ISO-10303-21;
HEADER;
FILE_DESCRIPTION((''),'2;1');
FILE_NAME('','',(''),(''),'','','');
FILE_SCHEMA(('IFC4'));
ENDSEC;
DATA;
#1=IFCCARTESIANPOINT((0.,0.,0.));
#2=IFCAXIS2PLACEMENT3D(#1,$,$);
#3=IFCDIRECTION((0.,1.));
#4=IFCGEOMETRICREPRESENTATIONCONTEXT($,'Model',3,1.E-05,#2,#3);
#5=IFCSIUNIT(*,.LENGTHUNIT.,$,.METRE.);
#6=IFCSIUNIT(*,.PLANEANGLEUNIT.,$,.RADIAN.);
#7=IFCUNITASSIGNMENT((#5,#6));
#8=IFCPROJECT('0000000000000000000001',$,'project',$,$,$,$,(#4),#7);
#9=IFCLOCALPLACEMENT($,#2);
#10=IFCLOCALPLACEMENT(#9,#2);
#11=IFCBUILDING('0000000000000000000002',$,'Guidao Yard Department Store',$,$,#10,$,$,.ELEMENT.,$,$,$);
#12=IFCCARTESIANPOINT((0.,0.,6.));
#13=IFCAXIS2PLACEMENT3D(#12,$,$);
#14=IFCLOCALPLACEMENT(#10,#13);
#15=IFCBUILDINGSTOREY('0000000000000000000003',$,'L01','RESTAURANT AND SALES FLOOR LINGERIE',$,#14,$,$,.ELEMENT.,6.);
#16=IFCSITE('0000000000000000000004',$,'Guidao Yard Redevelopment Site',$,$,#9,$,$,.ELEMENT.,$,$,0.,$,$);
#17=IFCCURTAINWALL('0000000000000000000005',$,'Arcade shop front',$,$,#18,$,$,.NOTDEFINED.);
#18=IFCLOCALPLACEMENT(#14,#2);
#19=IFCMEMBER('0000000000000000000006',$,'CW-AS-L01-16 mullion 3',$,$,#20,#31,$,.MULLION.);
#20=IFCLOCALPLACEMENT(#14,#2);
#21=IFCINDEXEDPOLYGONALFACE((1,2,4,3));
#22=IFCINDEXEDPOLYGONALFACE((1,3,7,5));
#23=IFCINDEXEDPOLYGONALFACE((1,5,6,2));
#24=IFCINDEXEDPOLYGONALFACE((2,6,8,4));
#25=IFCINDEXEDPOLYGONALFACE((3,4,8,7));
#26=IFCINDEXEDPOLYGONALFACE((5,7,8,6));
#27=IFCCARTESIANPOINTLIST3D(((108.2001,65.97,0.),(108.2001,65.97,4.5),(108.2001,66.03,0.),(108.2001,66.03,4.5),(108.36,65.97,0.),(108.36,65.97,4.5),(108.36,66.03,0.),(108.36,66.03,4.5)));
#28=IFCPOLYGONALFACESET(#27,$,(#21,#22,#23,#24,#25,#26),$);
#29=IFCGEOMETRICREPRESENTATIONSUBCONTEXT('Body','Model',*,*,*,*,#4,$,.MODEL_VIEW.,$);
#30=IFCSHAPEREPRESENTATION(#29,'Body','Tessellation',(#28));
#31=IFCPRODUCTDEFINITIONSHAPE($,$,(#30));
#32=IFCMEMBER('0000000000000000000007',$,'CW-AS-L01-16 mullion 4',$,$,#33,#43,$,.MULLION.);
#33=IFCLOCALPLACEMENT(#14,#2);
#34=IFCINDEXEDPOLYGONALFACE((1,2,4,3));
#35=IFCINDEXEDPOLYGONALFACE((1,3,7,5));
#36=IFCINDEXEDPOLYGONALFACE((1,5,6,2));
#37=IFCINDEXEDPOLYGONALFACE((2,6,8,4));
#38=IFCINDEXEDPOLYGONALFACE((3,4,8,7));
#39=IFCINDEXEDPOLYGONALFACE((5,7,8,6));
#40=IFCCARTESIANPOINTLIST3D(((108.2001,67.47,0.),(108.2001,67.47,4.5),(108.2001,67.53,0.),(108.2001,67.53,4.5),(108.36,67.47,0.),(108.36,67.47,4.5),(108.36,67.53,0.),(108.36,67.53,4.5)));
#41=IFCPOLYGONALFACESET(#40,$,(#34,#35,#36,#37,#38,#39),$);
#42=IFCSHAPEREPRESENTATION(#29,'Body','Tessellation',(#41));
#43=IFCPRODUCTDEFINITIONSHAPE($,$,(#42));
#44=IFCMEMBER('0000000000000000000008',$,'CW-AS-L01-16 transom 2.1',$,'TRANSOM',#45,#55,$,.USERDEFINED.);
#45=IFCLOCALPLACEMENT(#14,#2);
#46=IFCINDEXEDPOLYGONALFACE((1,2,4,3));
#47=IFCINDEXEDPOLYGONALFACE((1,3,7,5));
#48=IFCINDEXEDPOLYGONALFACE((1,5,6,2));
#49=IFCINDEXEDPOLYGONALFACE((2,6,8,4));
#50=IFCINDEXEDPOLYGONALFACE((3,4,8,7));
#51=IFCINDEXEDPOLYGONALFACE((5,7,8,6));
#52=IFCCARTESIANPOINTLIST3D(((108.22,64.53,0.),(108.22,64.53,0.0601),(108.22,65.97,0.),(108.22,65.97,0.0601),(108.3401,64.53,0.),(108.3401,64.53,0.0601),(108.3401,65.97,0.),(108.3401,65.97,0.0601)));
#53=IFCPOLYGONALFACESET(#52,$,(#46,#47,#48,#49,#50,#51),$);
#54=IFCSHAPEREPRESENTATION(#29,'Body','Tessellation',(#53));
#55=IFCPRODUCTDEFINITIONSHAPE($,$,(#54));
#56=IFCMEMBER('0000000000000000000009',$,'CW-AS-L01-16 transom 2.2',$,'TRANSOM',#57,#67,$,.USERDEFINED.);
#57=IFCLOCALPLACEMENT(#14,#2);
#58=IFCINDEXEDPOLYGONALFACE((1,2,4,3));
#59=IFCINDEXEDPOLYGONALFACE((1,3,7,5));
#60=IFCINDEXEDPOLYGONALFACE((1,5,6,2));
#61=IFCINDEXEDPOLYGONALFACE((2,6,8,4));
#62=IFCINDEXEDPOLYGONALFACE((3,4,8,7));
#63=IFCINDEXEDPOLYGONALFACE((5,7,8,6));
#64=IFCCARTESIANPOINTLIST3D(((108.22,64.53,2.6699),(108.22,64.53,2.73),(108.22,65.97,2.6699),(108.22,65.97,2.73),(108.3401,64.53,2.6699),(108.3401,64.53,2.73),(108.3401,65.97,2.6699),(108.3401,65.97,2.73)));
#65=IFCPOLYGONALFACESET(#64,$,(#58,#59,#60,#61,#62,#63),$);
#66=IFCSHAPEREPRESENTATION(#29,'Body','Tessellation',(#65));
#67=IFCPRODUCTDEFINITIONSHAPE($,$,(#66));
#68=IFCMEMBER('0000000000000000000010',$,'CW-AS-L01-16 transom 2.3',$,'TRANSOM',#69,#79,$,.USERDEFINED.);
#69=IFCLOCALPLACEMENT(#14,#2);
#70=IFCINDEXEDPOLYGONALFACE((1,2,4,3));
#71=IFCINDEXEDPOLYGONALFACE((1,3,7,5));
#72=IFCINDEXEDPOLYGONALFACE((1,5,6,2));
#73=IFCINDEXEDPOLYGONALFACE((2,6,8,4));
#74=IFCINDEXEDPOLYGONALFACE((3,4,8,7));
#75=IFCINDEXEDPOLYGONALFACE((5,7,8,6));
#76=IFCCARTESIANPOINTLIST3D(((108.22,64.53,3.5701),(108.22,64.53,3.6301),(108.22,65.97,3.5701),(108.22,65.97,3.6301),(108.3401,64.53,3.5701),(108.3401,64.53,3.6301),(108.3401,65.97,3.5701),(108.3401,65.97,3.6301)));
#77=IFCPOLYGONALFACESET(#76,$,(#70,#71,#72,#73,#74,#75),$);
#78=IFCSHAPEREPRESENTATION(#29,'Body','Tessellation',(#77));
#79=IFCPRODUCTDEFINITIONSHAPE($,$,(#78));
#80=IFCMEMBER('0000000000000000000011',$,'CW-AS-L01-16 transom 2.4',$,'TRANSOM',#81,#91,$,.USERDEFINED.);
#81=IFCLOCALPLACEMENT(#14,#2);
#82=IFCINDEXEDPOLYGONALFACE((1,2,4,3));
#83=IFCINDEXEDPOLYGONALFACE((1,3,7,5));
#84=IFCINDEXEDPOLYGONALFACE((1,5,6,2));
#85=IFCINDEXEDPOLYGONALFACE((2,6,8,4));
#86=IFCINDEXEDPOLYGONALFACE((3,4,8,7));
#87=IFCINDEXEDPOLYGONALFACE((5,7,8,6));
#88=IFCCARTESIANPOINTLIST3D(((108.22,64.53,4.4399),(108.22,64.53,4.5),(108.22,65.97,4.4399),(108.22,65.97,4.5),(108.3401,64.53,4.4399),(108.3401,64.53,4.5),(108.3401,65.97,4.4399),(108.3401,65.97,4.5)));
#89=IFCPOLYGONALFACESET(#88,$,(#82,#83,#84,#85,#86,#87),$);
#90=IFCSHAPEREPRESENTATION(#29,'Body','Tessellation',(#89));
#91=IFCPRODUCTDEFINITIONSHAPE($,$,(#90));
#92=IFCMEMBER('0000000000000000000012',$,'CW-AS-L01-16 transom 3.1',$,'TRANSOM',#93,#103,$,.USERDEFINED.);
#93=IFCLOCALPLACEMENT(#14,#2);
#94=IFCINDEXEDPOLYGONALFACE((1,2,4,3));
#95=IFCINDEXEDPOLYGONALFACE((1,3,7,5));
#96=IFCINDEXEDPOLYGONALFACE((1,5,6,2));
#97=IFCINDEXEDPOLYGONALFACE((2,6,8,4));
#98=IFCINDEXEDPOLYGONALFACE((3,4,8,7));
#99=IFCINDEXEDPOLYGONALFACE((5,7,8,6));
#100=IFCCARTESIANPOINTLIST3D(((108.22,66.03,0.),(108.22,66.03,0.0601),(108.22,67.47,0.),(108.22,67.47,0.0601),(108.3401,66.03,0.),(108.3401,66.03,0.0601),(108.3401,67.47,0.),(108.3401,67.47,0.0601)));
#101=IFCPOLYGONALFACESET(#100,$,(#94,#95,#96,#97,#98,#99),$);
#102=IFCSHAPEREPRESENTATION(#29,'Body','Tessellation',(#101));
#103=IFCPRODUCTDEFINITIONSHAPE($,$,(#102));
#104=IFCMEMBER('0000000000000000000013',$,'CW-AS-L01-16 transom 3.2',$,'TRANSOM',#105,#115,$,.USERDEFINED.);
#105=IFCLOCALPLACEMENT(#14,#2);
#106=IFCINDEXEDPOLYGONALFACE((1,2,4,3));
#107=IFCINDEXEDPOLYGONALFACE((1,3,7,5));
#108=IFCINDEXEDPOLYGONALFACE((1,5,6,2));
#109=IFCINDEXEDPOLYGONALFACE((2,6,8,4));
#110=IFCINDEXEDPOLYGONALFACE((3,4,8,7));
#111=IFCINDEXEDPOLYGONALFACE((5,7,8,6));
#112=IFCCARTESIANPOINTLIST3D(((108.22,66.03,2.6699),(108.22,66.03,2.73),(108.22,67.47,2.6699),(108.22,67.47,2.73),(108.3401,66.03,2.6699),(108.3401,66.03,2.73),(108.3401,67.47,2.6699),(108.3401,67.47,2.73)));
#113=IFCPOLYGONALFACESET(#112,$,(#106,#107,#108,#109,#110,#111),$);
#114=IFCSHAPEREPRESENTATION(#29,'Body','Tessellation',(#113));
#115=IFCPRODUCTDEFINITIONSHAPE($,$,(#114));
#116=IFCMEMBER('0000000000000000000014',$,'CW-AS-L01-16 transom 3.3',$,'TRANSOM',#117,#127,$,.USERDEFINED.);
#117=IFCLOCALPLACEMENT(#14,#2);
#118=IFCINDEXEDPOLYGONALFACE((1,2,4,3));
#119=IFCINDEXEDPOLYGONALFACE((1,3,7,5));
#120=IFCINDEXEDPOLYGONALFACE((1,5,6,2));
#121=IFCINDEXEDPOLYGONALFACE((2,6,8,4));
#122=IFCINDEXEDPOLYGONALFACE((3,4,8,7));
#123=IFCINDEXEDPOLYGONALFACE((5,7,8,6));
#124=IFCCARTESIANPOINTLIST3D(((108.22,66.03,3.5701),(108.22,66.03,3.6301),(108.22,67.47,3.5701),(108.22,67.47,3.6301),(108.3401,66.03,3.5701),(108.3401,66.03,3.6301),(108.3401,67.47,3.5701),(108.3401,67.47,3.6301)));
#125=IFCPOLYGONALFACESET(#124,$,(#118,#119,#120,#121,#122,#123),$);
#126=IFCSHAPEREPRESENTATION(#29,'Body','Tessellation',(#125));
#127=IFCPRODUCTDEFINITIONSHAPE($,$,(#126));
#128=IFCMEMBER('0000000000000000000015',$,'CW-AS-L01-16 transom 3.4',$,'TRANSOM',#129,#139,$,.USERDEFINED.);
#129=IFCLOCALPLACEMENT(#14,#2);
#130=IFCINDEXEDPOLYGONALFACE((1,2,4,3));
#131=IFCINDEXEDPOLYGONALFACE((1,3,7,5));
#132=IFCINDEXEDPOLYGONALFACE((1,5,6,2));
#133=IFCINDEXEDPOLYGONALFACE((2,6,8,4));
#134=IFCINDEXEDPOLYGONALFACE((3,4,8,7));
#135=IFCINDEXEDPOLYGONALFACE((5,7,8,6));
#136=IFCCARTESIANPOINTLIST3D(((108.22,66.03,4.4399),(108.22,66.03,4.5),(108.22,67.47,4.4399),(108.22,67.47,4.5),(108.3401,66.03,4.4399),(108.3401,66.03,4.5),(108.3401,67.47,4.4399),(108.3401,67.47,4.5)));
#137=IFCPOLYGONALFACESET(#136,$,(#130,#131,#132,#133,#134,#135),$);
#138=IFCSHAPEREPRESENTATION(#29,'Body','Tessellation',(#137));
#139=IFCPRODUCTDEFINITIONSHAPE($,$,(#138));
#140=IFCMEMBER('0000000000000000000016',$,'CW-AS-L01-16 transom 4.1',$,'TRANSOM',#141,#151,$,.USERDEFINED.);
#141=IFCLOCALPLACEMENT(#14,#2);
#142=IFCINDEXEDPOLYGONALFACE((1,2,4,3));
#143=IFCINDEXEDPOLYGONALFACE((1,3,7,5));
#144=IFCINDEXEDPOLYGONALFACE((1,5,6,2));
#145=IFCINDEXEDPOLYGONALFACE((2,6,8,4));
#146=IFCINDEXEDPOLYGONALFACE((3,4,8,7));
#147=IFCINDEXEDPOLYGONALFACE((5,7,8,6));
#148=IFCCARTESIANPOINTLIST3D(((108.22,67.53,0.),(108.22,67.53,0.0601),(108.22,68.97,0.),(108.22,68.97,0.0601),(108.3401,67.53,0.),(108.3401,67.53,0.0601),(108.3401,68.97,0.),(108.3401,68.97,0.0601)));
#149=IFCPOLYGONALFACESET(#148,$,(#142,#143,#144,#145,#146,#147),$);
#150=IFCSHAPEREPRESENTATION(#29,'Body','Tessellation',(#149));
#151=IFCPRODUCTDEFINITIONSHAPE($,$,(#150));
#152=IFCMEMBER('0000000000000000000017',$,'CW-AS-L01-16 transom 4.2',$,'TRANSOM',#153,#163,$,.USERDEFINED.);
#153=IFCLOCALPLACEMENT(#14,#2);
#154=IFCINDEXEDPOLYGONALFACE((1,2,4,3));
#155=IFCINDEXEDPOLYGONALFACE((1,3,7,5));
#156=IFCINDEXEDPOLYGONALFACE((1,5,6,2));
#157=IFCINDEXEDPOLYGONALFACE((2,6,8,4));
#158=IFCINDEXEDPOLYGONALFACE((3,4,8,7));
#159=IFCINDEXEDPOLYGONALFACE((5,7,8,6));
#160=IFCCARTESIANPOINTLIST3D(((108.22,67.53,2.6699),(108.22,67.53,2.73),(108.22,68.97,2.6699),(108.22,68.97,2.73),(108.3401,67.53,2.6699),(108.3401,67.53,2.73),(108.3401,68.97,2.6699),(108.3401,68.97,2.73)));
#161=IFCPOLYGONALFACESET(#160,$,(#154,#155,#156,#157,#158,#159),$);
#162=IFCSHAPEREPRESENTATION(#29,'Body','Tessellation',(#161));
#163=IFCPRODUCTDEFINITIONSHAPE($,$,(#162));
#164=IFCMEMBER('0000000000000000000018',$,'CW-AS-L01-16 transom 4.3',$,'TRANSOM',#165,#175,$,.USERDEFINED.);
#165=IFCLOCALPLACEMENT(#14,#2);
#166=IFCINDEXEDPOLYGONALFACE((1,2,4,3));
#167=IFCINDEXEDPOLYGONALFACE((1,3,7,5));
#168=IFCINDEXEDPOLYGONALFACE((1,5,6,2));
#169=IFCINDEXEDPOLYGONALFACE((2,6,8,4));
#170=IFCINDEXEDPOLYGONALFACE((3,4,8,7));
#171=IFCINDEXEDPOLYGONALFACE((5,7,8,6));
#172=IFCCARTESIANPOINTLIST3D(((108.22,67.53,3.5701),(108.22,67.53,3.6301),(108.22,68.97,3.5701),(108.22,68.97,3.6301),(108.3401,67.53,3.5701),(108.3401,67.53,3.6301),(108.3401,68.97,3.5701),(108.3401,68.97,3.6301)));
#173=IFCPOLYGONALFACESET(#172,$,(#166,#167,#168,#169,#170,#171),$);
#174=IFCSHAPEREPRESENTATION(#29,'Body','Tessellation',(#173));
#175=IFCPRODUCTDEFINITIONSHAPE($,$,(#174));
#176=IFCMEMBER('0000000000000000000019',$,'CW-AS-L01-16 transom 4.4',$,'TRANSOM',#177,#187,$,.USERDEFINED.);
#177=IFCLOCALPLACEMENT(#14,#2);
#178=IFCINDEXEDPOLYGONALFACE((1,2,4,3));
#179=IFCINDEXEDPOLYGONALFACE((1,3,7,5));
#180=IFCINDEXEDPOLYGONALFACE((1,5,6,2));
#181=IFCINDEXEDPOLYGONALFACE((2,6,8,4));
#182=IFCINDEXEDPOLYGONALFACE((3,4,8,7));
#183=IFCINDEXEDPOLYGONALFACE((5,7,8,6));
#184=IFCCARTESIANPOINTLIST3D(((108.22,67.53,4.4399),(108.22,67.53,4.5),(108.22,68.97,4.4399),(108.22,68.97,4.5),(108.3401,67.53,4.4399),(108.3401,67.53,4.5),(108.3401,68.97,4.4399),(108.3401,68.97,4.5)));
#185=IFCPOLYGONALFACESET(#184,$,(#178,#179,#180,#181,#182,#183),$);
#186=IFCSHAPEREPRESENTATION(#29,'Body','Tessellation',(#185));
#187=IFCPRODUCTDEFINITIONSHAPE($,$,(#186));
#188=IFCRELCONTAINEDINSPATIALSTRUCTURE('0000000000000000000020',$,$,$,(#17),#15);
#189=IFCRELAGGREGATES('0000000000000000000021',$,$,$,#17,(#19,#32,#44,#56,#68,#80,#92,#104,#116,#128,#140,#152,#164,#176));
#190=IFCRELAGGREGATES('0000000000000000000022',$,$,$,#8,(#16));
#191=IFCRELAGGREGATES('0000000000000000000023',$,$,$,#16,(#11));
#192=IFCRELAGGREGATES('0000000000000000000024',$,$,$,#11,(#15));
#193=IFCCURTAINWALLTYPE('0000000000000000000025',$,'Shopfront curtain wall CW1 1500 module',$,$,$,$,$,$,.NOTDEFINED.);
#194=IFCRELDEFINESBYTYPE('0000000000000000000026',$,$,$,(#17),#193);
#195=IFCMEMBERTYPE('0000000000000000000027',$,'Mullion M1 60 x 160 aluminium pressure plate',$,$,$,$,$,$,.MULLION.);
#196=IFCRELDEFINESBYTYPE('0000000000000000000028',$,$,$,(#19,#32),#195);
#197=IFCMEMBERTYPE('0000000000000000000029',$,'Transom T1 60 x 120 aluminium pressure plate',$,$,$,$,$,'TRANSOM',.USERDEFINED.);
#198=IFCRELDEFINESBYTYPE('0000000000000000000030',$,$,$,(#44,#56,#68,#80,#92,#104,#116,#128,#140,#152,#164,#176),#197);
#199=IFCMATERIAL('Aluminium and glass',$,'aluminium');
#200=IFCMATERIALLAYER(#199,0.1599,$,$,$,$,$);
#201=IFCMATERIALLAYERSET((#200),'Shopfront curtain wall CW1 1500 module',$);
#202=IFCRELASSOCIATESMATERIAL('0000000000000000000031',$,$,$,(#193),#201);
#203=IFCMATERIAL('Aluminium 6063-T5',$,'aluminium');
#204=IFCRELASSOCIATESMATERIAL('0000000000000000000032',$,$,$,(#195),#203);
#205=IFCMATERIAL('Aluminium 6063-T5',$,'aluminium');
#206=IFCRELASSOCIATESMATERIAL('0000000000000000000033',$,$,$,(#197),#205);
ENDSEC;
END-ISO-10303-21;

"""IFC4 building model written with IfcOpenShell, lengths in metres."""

from ifc_helpers import new_model, si_unit, direction, frame, origin, origin_2d, place, context, subcontext, project, spatial, rectangle, extrude, material, layer, layer_set, material_profile, profile_set, type_object, element, aggregate, save


model = new_model("IFC4")

# Units and contexts
model_context = context("Model", 3, precision=1e-05, world=origin(), true_north=direction((0.0, 1.0)))
body_context = subcontext(model_context, "Body", "Model", "MODEL_VIEW")
ifc_project = project(units=[si_unit("LENGTHUNIT", "METRE"), si_unit("PLANEANGLEUNIT", "RADIAN")], contexts=[model_context])

# Site, building, storey
site_placement = place(None, origin())
site = spatial("IfcSite", under=ifc_project, at=site_placement, Name="Guidao Yard Redevelopment Site", CompositionType="ELEMENT", RefElevation=0.0)
building_placement = place(site_placement, origin())
building = spatial("IfcBuilding", under=site, at=building_placement, Name="Guidao Yard Department Store", CompositionType="ELEMENT")
storey_placement = place(building_placement, frame((0.0, 0.0, 6.0)))
storey = spatial("IfcBuildingStorey", under=building, at=storey_placement, Name="L01", Description="RESTAURANT AND SALES FLOOR LINGERIE", CompositionType="ELEMENT", Elevation=6.0)

# Curtain wall, members
ifc_material_1 = material(Name="Aluminium and glass", Category="aluminium")
ifc_layer_1 = layer(ifc_material_1, 0.1599)
ifc_layer_set_1 = layer_set([ifc_layer_1], Name="Shopfront curtain wall CW1 1500 module")
curtain_wall_type = type_object("IfcCurtainWallType", Name="Shopfront curtain wall CW1 1500 module", PredefinedType="NOTDEFINED", material=ifc_layer_set_1)
curtain_wall_placement = place(storey_placement, origin())
curtain_wall = element("IfcCurtainWall", 1, at=curtain_wall_placement, inside=storey, type_object=curtain_wall_type, Name="Arcade shop front", PredefinedType="NOTDEFINED")
ifc_material_2 = material(Name="Aluminium 6063-T5", Category="aluminium")
ifc_material_profile_1 = material_profile(ifc_material_2, rectangle(XDim=0.0601, YDim=0.1599, at=origin_2d()), Name="Mullion M1 60 x 160 aluminium pressure plate")
ifc_profile_set_1 = profile_set([ifc_material_profile_1], Name="Aluminium 6063-T5")
member_type_1 = type_object("IfcMemberType", Name="Mullion M1 60 x 160 aluminium pressure plate", PredefinedType="MULLION", material=ifc_profile_set_1)
member_1_placement = place(storey_placement, frame((108.28, 66.0, 0.0), z_axis=(0.0, 0.0, 1.0), x_axis=(0.0, -1.0, 0.0)))
member_1 = element("IfcMember", 2, at=member_1_placement, type_object=member_type_1, Name="CW-AS-L01-16 mullion 3", PredefinedType="MULLION", context=body_context, shape_type="SweptSolid", body=[
    extrude(rectangle(XDim=0.0601, YDim=0.1599, at=origin_2d()), origin(), (0.0, 0.0, 1.0), 4.5),
])
member_2_placement = place(storey_placement, frame((108.28, 67.5, 0.0), z_axis=(0.0, 0.0, 1.0), x_axis=(0.0, -1.0, 0.0)))
member_2 = element("IfcMember", 3, at=member_2_placement, type_object=member_type_1, Name="CW-AS-L01-16 mullion 4", PredefinedType="MULLION", context=body_context, shape_type="SweptSolid", body=[
    extrude(rectangle(XDim=0.0601, YDim=0.1599, at=origin_2d()), origin(), (0.0, 0.0, 1.0), 4.5),
])
ifc_material_3 = material(Name="Aluminium 6063-T5", Category="aluminium")
ifc_material_profile_2 = material_profile(ifc_material_3, rectangle(XDim=0.1201, YDim=0.0601, at=origin_2d()), Name="Transom T1 60 x 120 aluminium pressure plate")
ifc_profile_set_2 = profile_set([ifc_material_profile_2], Name="Aluminium 6063-T5")
member_type_2 = type_object("IfcMemberType", Name="Transom T1 60 x 120 aluminium pressure plate", ElementType="TRANSOM", PredefinedType="USERDEFINED", material=ifc_profile_set_2)
member_3_placement = place(storey_placement, frame((108.28, 65.97, 0.03), z_axis=(0.0, -1.0, 0.0), x_axis=(1.0, 0.0, 0.0)))
member_3 = element("IfcMember", 4, at=member_3_placement, type_object=member_type_2, Name="CW-AS-L01-16 transom 2.1", ObjectType="TRANSOM", PredefinedType="USERDEFINED", context=body_context, shape_type="SweptSolid", body=[
    extrude(rectangle(XDim=0.1201, YDim=0.0601, at=origin_2d()), origin(), (0.0, 0.0, 1.0), 1.4399),
])
member_4_placement = place(storey_placement, frame((108.28, 65.97, 2.7), z_axis=(0.0, -1.0, 0.0), x_axis=(1.0, 0.0, 0.0)))
member_4 = element("IfcMember", 5, at=member_4_placement, type_object=member_type_2, Name="CW-AS-L01-16 transom 2.2", ObjectType="TRANSOM", PredefinedType="USERDEFINED", context=body_context, shape_type="SweptSolid", body=[
    extrude(rectangle(XDim=0.1201, YDim=0.0601, at=origin_2d()), origin(), (0.0, 0.0, 1.0), 1.4399),
])
member_5_placement = place(storey_placement, frame((108.28, 65.97, 3.6001), z_axis=(0.0, -1.0, 0.0), x_axis=(1.0, 0.0, 0.0)))
member_5 = element("IfcMember", 6, at=member_5_placement, type_object=member_type_2, Name="CW-AS-L01-16 transom 2.3", ObjectType="TRANSOM", PredefinedType="USERDEFINED", context=body_context, shape_type="SweptSolid", body=[
    extrude(rectangle(XDim=0.1201, YDim=0.0601, at=origin_2d()), origin(), (0.0, 0.0, 1.0), 1.4399),
])
member_6_placement = place(storey_placement, frame((108.28, 65.97, 4.47), z_axis=(0.0, -1.0, 0.0), x_axis=(1.0, 0.0, 0.0)))
member_6 = element("IfcMember", 7, at=member_6_placement, type_object=member_type_2, Name="CW-AS-L01-16 transom 2.4", ObjectType="TRANSOM", PredefinedType="USERDEFINED", context=body_context, shape_type="SweptSolid", body=[
    extrude(rectangle(XDim=0.1201, YDim=0.0601, at=origin_2d()), origin(), (0.0, 0.0, 1.0), 1.4399),
])
member_7_placement = place(storey_placement, frame((108.28, 67.47, 0.03), z_axis=(0.0, -1.0, 0.0), x_axis=(1.0, 0.0, 0.0)))
member_7 = element("IfcMember", 8, at=member_7_placement, type_object=member_type_2, Name="CW-AS-L01-16 transom 3.1", ObjectType="TRANSOM", PredefinedType="USERDEFINED", context=body_context, shape_type="SweptSolid", body=[
    extrude(rectangle(XDim=0.1201, YDim=0.0601, at=origin_2d()), origin(), (0.0, 0.0, 1.0), 1.4399),
])
member_8_placement = place(storey_placement, frame((108.28, 67.47, 2.7), z_axis=(0.0, -1.0, 0.0), x_axis=(1.0, 0.0, 0.0)))
member_8 = element("IfcMember", 9, at=member_8_placement, type_object=member_type_2, Name="CW-AS-L01-16 transom 3.2", ObjectType="TRANSOM", PredefinedType="USERDEFINED", context=body_context, shape_type="SweptSolid", body=[
    extrude(rectangle(XDim=0.1201, YDim=0.0601, at=origin_2d()), origin(), (0.0, 0.0, 1.0), 1.4399),
])
member_9_placement = place(storey_placement, frame((108.28, 67.47, 3.6001), z_axis=(0.0, -1.0, 0.0), x_axis=(1.0, 0.0, 0.0)))
member_9 = element("IfcMember", 10, at=member_9_placement, type_object=member_type_2, Name="CW-AS-L01-16 transom 3.3", ObjectType="TRANSOM", PredefinedType="USERDEFINED", context=body_context, shape_type="SweptSolid", body=[
    extrude(rectangle(XDim=0.1201, YDim=0.0601, at=origin_2d()), origin(), (0.0, 0.0, 1.0), 1.4399),
])
member_10_placement = place(storey_placement, frame((108.28, 67.47, 4.47), z_axis=(0.0, -1.0, 0.0), x_axis=(1.0, 0.0, 0.0)))
member_10 = element("IfcMember", 11, at=member_10_placement, type_object=member_type_2, Name="CW-AS-L01-16 transom 3.4", ObjectType="TRANSOM", PredefinedType="USERDEFINED", context=body_context, shape_type="SweptSolid", body=[
    extrude(rectangle(XDim=0.1201, YDim=0.0601, at=origin_2d()), origin(), (0.0, 0.0, 1.0), 1.4399),
])
member_11_placement = place(storey_placement, frame((108.28, 68.97, 0.03), z_axis=(0.0, -1.0, 0.0), x_axis=(1.0, 0.0, 0.0)))
member_11 = element("IfcMember", 12, at=member_11_placement, type_object=member_type_2, Name="CW-AS-L01-16 transom 4.1", ObjectType="TRANSOM", PredefinedType="USERDEFINED", context=body_context, shape_type="SweptSolid", body=[
    extrude(rectangle(XDim=0.1201, YDim=0.0601, at=origin_2d()), origin(), (0.0, 0.0, 1.0), 1.4399),
])
member_12_placement = place(storey_placement, frame((108.28, 68.97, 2.7), z_axis=(0.0, -1.0, 0.0), x_axis=(1.0, 0.0, 0.0)))
member_12 = element("IfcMember", 13, at=member_12_placement, type_object=member_type_2, Name="CW-AS-L01-16 transom 4.2", ObjectType="TRANSOM", PredefinedType="USERDEFINED", context=body_context, shape_type="SweptSolid", body=[
    extrude(rectangle(XDim=0.1201, YDim=0.0601, at=origin_2d()), origin(), (0.0, 0.0, 1.0), 1.4399),
])
member_13_placement = place(storey_placement, frame((108.28, 68.97, 3.6001), z_axis=(0.0, -1.0, 0.0), x_axis=(1.0, 0.0, 0.0)))
member_13 = element("IfcMember", 14, at=member_13_placement, type_object=member_type_2, Name="CW-AS-L01-16 transom 4.3", ObjectType="TRANSOM", PredefinedType="USERDEFINED", context=body_context, shape_type="SweptSolid", body=[
    extrude(rectangle(XDim=0.1201, YDim=0.0601, at=origin_2d()), origin(), (0.0, 0.0, 1.0), 1.4399),
])
member_14_placement = place(storey_placement, frame((108.28, 68.97, 4.47), z_axis=(0.0, -1.0, 0.0), x_axis=(1.0, 0.0, 0.0)))
member_14 = element("IfcMember", 15, at=member_14_placement, type_object=member_type_2, Name="CW-AS-L01-16 transom 4.4", ObjectType="TRANSOM", PredefinedType="USERDEFINED", context=body_context, shape_type="SweptSolid", body=[
    extrude(rectangle(XDim=0.1201, YDim=0.0601, at=origin_2d()), origin(), (0.0, 0.0, 1.0), 1.4399),
])
aggregate(curtain_wall, [member_1, member_2, member_3, member_4, member_5, member_6, member_7, member_8, member_9, member_10, member_11, member_12, member_13, member_14])

save(model, "model.ifc")
